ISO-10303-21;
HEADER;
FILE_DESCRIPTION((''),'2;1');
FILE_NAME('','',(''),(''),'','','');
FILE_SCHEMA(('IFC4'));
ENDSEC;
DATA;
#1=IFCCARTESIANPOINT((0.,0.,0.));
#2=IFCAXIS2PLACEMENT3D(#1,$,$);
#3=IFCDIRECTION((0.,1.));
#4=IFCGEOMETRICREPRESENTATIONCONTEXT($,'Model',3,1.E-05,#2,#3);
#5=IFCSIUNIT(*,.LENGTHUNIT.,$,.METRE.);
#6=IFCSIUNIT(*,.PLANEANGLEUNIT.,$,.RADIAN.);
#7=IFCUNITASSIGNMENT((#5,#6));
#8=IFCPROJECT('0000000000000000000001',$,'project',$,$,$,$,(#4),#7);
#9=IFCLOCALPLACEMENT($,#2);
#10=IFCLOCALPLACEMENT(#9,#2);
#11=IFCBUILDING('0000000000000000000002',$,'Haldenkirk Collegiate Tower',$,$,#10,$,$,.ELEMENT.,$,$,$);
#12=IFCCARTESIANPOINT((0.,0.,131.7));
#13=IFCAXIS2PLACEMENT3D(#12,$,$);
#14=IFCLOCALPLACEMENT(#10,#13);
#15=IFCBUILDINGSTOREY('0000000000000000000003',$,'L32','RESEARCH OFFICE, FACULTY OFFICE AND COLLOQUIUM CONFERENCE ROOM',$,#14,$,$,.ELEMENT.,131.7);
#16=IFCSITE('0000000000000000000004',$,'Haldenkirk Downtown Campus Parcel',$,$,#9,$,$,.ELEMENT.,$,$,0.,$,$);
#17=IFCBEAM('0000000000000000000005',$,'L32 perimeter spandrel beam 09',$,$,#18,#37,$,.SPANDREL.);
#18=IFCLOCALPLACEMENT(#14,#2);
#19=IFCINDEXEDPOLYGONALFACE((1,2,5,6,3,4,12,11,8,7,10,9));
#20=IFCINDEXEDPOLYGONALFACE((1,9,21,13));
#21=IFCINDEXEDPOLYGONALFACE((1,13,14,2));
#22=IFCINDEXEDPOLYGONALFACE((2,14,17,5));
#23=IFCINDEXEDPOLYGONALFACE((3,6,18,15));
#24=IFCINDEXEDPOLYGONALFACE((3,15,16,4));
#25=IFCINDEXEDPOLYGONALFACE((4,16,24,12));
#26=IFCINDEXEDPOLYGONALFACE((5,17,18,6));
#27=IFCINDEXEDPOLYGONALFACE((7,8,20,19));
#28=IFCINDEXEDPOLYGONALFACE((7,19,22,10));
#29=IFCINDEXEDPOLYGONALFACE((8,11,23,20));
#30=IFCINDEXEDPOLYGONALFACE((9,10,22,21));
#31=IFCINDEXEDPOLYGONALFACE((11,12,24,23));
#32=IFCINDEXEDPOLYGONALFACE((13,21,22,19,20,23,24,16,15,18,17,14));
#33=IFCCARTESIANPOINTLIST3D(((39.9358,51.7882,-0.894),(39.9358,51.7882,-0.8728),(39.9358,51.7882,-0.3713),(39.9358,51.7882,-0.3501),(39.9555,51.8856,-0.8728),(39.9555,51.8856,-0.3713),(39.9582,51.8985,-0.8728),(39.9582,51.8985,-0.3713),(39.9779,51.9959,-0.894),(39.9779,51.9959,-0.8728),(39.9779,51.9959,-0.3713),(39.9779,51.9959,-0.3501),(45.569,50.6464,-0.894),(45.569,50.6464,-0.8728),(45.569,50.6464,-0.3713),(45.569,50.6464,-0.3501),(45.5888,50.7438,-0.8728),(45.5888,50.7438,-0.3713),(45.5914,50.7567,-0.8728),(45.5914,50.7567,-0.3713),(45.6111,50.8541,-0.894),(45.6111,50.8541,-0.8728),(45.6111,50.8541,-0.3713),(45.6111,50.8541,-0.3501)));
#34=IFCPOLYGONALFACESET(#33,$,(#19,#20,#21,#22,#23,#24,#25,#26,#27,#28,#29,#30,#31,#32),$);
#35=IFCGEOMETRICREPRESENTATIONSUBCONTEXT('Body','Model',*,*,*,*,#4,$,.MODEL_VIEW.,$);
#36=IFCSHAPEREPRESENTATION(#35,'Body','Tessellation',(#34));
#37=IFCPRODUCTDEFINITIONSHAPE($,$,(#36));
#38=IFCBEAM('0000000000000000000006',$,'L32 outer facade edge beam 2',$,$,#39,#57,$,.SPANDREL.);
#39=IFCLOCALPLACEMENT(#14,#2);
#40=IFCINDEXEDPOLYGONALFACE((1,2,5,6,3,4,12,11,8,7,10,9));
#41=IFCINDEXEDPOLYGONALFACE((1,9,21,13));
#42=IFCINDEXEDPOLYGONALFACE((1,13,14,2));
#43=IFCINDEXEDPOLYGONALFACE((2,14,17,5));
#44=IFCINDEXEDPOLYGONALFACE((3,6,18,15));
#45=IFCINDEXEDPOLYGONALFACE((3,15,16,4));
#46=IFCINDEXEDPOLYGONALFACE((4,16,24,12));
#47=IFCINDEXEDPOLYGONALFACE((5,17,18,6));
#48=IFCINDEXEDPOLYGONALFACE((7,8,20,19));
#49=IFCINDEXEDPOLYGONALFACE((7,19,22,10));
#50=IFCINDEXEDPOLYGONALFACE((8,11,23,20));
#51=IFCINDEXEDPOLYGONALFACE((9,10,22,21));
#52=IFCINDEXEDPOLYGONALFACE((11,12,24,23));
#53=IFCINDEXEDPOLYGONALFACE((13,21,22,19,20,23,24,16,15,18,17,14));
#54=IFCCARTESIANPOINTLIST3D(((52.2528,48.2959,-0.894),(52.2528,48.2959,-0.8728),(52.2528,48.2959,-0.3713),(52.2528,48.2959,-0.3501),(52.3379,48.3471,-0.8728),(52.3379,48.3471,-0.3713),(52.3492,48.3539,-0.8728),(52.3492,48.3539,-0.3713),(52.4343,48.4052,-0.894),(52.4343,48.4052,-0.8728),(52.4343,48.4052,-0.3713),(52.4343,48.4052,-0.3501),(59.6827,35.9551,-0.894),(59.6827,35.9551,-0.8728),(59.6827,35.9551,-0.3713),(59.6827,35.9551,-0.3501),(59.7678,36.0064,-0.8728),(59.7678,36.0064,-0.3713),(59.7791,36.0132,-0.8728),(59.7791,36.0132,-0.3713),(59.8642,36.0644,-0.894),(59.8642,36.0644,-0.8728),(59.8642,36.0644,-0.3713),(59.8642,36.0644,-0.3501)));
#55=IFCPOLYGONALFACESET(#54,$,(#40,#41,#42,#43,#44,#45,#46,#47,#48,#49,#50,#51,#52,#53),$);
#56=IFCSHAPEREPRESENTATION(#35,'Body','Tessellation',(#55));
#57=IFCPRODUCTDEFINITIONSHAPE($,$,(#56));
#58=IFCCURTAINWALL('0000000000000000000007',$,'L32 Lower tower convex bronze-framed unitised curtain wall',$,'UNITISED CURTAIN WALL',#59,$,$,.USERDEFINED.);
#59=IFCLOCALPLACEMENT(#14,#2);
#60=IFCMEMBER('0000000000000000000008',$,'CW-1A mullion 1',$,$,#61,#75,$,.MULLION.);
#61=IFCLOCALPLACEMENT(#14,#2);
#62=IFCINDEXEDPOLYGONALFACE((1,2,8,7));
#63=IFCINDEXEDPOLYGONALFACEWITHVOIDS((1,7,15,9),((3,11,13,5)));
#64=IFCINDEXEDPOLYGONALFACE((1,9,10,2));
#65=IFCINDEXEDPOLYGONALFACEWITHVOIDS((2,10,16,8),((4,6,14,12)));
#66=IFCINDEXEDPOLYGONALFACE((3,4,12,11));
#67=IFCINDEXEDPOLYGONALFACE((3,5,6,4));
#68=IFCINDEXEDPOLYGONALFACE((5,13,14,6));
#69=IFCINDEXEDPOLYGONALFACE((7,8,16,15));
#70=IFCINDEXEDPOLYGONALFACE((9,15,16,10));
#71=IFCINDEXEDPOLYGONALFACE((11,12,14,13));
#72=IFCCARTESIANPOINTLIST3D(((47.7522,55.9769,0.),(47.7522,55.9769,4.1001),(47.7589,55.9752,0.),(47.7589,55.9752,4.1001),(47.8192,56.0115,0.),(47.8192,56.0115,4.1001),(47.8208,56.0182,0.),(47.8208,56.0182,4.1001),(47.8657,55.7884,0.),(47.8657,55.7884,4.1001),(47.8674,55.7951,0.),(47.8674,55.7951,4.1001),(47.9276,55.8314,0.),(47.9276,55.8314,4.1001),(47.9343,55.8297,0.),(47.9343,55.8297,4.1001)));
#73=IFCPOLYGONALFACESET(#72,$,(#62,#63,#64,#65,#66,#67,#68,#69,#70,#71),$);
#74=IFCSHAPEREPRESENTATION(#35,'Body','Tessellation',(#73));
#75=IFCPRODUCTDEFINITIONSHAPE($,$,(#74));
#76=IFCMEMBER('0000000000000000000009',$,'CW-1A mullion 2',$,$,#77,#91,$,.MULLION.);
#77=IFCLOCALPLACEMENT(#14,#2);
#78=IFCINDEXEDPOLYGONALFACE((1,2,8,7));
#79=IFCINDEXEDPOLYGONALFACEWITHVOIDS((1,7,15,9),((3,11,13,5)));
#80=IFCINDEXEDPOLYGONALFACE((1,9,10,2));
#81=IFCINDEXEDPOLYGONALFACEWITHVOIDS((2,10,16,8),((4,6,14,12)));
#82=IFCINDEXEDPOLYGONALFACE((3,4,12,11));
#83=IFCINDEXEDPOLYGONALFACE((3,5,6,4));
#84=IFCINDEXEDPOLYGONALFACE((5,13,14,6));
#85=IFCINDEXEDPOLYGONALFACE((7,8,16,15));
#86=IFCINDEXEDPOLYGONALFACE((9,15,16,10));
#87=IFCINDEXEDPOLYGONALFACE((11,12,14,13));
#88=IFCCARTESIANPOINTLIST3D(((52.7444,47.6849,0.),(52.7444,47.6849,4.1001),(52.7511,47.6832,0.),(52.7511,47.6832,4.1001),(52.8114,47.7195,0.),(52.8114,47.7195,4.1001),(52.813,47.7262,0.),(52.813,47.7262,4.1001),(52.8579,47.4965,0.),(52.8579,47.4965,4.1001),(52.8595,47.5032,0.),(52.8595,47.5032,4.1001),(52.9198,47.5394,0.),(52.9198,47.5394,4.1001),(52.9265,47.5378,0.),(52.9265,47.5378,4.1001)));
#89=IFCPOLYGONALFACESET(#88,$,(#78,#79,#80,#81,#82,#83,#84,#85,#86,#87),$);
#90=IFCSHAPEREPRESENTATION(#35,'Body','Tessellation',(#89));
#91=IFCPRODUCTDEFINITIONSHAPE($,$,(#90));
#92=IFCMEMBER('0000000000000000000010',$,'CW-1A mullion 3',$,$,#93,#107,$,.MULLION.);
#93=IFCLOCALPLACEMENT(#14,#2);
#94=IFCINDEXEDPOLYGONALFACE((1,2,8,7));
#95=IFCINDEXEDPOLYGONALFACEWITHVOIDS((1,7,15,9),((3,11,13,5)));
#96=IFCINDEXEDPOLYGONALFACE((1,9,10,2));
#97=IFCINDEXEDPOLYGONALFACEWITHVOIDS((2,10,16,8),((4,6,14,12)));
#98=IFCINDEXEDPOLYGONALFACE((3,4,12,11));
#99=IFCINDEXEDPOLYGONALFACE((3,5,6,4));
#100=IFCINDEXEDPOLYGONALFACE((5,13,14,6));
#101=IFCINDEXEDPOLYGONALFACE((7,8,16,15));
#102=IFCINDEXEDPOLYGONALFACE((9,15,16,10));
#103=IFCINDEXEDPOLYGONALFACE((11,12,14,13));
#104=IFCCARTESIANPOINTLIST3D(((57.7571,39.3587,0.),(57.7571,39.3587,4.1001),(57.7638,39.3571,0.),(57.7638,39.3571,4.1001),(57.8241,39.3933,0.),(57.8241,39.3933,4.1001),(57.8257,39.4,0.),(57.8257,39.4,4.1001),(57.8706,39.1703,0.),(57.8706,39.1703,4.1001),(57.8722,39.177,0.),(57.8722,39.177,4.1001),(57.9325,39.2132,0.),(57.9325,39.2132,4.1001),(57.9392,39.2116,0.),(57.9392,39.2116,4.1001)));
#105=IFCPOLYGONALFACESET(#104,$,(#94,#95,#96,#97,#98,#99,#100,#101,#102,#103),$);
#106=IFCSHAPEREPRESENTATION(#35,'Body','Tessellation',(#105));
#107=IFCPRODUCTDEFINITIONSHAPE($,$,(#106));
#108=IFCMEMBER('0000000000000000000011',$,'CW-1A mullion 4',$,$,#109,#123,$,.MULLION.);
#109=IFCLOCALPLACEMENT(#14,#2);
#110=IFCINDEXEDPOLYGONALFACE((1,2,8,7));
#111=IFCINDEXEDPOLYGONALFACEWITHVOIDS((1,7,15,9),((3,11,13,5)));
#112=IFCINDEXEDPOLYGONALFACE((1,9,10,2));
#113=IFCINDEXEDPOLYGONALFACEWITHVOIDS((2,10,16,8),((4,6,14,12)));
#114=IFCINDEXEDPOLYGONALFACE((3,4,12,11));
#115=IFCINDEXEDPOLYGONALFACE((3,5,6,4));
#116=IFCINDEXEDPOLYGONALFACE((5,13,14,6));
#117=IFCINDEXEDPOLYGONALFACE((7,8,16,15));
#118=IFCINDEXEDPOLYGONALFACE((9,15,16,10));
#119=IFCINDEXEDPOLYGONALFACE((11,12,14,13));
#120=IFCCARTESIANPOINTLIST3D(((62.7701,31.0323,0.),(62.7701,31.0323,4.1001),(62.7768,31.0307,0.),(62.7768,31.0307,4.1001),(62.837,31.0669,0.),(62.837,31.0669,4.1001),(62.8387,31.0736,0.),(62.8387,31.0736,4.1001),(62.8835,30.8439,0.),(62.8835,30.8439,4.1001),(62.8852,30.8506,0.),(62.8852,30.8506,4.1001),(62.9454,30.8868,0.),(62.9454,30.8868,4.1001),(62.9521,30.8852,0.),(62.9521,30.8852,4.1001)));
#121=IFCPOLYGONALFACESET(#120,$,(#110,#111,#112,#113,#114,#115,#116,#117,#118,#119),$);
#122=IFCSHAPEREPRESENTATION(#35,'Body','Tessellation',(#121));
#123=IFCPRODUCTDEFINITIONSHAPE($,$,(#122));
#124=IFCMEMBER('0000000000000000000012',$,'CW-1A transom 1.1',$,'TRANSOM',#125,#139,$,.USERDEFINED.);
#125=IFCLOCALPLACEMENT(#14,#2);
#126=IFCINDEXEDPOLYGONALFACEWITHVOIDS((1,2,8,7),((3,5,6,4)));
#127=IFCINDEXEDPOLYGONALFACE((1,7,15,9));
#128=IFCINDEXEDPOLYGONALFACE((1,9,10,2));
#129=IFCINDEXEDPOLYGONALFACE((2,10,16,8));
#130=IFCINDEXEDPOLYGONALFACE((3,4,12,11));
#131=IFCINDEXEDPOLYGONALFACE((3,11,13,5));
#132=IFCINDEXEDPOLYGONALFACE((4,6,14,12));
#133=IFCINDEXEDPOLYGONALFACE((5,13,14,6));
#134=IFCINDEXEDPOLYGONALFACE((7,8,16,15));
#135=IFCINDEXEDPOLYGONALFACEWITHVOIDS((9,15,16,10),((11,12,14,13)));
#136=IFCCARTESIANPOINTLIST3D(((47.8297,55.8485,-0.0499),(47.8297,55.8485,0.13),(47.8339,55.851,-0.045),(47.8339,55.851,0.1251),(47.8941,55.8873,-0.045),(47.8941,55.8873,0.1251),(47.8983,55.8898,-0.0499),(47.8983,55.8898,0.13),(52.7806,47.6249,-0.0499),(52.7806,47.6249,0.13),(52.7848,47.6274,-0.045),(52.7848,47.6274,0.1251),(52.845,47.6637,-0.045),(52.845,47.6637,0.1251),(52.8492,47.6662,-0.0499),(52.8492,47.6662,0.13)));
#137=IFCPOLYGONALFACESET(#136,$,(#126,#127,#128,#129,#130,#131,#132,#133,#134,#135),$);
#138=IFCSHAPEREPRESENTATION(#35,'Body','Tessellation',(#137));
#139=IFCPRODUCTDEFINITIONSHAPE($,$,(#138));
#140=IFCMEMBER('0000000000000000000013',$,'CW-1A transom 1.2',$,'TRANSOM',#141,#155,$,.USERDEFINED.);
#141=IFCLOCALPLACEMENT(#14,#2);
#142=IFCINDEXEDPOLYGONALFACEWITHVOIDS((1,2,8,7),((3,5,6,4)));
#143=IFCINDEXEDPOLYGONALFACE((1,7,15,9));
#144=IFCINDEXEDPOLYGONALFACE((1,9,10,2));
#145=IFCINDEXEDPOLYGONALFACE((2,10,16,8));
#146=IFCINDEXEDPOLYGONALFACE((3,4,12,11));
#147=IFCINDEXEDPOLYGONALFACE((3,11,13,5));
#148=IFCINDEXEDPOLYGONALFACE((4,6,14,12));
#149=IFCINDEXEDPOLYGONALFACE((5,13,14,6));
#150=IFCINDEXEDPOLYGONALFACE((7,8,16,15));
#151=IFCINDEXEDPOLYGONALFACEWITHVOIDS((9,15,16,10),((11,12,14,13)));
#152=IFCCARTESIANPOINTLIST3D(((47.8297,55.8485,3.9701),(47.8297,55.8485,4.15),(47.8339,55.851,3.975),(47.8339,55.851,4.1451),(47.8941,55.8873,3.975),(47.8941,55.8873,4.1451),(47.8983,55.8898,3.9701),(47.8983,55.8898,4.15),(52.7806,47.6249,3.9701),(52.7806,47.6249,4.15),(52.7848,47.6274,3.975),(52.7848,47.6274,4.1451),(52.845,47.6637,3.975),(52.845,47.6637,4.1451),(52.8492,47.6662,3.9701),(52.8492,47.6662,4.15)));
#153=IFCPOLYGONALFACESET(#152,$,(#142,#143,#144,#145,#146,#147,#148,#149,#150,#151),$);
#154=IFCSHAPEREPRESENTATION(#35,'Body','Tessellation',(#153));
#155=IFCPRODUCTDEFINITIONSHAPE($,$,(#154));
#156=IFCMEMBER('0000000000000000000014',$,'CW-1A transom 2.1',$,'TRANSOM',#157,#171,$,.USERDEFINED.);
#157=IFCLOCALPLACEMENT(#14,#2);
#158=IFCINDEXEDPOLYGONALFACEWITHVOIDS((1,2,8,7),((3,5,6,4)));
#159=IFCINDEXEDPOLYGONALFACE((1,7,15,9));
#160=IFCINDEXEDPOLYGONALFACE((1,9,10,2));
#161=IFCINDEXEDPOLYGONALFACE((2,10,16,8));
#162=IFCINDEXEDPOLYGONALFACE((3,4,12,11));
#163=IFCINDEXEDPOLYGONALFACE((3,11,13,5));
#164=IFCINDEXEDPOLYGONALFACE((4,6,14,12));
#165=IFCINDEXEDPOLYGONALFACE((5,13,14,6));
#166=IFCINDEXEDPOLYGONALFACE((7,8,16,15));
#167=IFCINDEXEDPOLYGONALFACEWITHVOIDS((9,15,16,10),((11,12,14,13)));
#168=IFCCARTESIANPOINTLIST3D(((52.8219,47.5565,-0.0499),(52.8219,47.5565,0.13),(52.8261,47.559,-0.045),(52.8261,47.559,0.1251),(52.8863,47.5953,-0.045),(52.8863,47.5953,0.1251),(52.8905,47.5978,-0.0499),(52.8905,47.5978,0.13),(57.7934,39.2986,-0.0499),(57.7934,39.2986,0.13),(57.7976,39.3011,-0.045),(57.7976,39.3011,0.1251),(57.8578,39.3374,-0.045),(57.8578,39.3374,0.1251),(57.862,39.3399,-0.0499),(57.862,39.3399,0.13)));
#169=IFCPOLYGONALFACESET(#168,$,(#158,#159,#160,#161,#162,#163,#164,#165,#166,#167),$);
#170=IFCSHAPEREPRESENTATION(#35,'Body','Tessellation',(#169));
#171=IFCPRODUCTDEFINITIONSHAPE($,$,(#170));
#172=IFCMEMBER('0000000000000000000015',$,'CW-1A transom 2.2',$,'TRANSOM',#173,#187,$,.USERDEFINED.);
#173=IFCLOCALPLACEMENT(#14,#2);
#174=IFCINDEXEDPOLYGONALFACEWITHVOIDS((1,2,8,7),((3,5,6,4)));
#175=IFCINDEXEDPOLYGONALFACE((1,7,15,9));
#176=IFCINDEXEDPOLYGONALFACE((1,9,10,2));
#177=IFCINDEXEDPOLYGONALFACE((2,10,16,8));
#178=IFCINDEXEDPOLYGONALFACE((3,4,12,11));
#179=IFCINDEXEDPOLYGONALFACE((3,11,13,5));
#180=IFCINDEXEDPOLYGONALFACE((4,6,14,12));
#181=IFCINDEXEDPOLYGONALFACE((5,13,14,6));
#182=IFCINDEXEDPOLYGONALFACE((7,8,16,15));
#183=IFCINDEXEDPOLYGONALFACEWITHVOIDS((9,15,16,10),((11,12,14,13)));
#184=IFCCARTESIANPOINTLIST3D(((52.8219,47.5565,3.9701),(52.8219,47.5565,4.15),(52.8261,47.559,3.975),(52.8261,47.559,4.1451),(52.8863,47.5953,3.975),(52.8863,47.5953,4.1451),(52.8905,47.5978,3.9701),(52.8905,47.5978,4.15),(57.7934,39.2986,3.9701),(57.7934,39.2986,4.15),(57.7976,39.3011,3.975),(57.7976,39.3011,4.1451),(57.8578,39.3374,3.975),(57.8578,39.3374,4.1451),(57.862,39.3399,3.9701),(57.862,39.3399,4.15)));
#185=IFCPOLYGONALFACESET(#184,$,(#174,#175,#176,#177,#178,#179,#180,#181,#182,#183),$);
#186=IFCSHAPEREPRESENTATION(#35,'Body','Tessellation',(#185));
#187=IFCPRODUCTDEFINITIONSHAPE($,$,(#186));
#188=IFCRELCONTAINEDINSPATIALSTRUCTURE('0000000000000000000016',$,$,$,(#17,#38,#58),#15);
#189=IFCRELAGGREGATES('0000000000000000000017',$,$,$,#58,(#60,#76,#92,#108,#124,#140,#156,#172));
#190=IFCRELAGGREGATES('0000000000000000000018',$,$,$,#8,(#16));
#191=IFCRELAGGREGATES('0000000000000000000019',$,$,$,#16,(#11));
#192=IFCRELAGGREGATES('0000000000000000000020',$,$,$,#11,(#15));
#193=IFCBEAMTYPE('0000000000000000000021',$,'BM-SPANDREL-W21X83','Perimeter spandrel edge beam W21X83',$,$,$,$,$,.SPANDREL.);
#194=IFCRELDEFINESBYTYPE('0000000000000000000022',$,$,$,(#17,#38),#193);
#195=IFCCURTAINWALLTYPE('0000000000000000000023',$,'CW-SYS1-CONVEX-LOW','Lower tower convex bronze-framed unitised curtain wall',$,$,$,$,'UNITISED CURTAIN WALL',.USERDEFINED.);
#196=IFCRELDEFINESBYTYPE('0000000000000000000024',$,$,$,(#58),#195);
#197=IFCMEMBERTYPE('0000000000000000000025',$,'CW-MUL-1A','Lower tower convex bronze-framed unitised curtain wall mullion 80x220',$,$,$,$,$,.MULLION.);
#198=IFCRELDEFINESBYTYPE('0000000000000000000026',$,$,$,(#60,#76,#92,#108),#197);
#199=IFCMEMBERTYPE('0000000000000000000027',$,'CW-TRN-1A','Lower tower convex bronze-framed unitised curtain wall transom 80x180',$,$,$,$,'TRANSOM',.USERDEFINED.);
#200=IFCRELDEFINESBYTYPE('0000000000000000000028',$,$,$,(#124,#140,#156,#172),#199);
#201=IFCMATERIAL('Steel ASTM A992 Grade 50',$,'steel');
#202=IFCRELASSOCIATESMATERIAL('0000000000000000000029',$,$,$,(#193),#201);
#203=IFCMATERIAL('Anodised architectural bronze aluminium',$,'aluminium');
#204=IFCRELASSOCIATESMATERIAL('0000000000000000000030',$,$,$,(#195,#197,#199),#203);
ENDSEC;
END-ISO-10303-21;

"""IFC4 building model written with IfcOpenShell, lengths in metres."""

from ifc_helpers import new_model, si_unit, direction, frame, origin, origin_2d, place, context, subcontext, project, spatial, hollow_rectangle, i_section, extrude, material, material_profile, profile_set, type_object, element, aggregate, save


model = new_model("IFC4")

# Units and contexts
model_context = context("Model", 3, precision=1e-05, world=origin(), true_north=direction((0.0, 1.0)))
body_context = subcontext(model_context, "Body", "Model", "MODEL_VIEW")
ifc_project = project(units=[si_unit("LENGTHUNIT", "METRE"), si_unit("PLANEANGLEUNIT", "RADIAN")], contexts=[model_context])

# Site, building, storey
site_placement = place(None, origin())
site = spatial("IfcSite", under=ifc_project, at=site_placement, Name="Haldenkirk Downtown Campus Parcel", CompositionType="ELEMENT", RefElevation=0.0)
building_placement = place(site_placement, origin())
building = spatial("IfcBuilding", under=site, at=building_placement, Name="Haldenkirk Collegiate Tower", CompositionType="ELEMENT")
storey_placement = place(building_placement, frame((0.0, 0.0, 131.7)))
storey = spatial("IfcBuildingStorey", under=building, at=storey_placement, Name="L32", Description="RESEARCH OFFICE, FACULTY OFFICE AND COLLOQUIUM CONFERENCE ROOM", CompositionType="ELEMENT", Elevation=131.7)

# Beams
ifc_material_1 = material(Name="Steel ASTM A992 Grade 50", Category="steel")
ifc_material_profile_1 = material_profile(ifc_material_1, i_section(OverallWidth=0.2119, OverallDepth=0.5439, WebThickness=0.0132, FlangeThickness=0.0212, at=origin_2d()), Name="W21X83")
ifc_profile_set_1 = profile_set([ifc_material_profile_1], Name="Steel ASTM A992 Grade 50")
beam_type_1 = type_object("IfcBeamType", Name="BM-SPANDREL-W21X83", Description="Perimeter spandrel edge beam W21X83", PredefinedType="SPANDREL", material=ifc_profile_set_1)
beam_1_placement = place(storey_placement, frame((45.5901, 50.7502, -0.6221), z_axis=(-0.980069, 0.198656, 0.0), x_axis=(-0.198656, -0.980069, 0.0)))
element("IfcBeam", 1, at=beam_1_placement, inside=storey, type_object=beam_type_1, Name="L32 perimeter spandrel beam 09", PredefinedType="SPANDREL", context=body_context, shape_type="SweptSolid", body=[
    extrude(i_section(OverallWidth=0.2119, OverallDepth=0.5439, WebThickness=0.0132, FlangeThickness=0.0212, at=origin_2d()), origin(), (0.0, 0.0, 1.0), 5.7478),
])
beam_2_placement = place(storey_placement, frame((59.7734, 36.0098, -0.6221), z_axis=(-0.515794, 0.856713, 0.0), x_axis=(-0.856713, -0.515794, 0.0)))
element("IfcBeam", 2, at=beam_2_placement, inside=storey, type_object=beam_type_1, Name="L32 outer facade edge beam 2", PredefinedType="SPANDREL", context=body_context, shape_type="SweptSolid", body=[
    extrude(i_section(OverallWidth=0.2119, OverallDepth=0.5439, WebThickness=0.0132, FlangeThickness=0.0212, at=origin_2d()), origin(), (0.0, 0.0, 1.0), 14.4048),
])

# Curtain wall, members
ifc_material_2 = material(Name="Anodised architectural bronze aluminium", Category="aluminium")
curtain_wall_type = type_object("IfcCurtainWallType", Name="CW-SYS1-CONVEX-LOW", Description="Lower tower convex bronze-framed unitised curtain wall", ElementType="UNITISED CURTAIN WALL", PredefinedType="USERDEFINED", material=ifc_material_2)
curtain_wall_placement = place(storey_placement, origin())
curtain_wall = element("IfcCurtainWall", 3, at=curtain_wall_placement, inside=storey, type_object=curtain_wall_type, Name="L32 Lower tower convex bronze-framed unitised curtain wall", ObjectType="UNITISED CURTAIN WALL", PredefinedType="USERDEFINED")
ifc_material_profile_2 = material_profile(ifc_material_2, hollow_rectangle(XDim=0.0801, YDim=0.22, WallThickness=0.0049, at=origin_2d()), Name="CW-MUL-1A")
ifc_profile_set_2 = profile_set([ifc_material_profile_2], Name="Anodised architectural bronze aluminium")
member_type_1 = type_object("IfcMemberType", Name="CW-MUL-1A", Description="Lower tower convex bronze-framed unitised curtain wall mullion 80x220", PredefinedType="MULLION", material=ifc_profile_set_2)
member_1_placement = place(storey_placement, frame((47.8433, 55.9033, 0.0), z_axis=(0.0, 0.0, 1.0), x_axis=(0.856719, 0.515783, 0.0)))
member_1 = element("IfcMember", 4, at=member_1_placement, type_object=member_type_1, Name="CW-1A mullion 1", PredefinedType="MULLION", context=body_context, shape_type="SweptSolid", body=[
    extrude(hollow_rectangle(XDim=0.0801, YDim=0.22, WallThickness=0.0049, at=origin_2d()), origin(), (0.0, 0.0, 1.0), 4.1001),
])
member_2_placement = place(storey_placement, frame((52.8354, 47.6113, 0.0), z_axis=(0.0, 0.0, 1.0), x_axis=(0.856719, 0.515783, 0.0)))
member_2 = element("IfcMember", 5, at=member_2_placement, type_object=member_type_1, Name="CW-1A mullion 2", PredefinedType="MULLION", context=body_context, shape_type="SweptSolid", body=[
    extrude(hollow_rectangle(XDim=0.0801, YDim=0.22, WallThickness=0.0049, at=origin_2d()), origin(), (0.0, 0.0, 1.0), 4.1001),
])
member_3_placement = place(storey_placement, frame((57.8481, 39.2852, 0.0), z_axis=(0.0, 0.0, 1.0), x_axis=(0.856719, 0.515783, 0.0)))
member_3 = element("IfcMember", 6, at=member_3_placement, type_object=member_type_1, Name="CW-1A mullion 3", PredefinedType="MULLION", context=body_context, shape_type="SweptSolid", body=[
    extrude(hollow_rectangle(XDim=0.0801, YDim=0.22, WallThickness=0.0049, at=origin_2d()), origin(), (0.0, 0.0, 1.0), 4.1001),
])
member_4_placement = place(storey_placement, frame((62.8611, 30.9587, 0.0), z_axis=(0.0, 0.0, 1.0), x_axis=(0.856719, 0.515783, 0.0)))
member_4 = element("IfcMember", 7, at=member_4_placement, type_object=member_type_1, Name="CW-1A mullion 4", PredefinedType="MULLION", context=body_context, shape_type="SweptSolid", body=[
    extrude(hollow_rectangle(XDim=0.0801, YDim=0.22, WallThickness=0.0049, at=origin_2d()), origin(), (0.0, 0.0, 1.0), 4.1001),
])
ifc_material_profile_3 = material_profile(ifc_material_2, hollow_rectangle(XDim=0.0801, YDim=0.1799, WallThickness=0.0049, at=origin_2d()), Name="CW-TRN-1A")
ifc_profile_set_3 = profile_set([ifc_material_profile_3], Name="Anodised architectural bronze aluminium")
member_type_2 = type_object("IfcMemberType", Name="CW-TRN-1A", Description="Lower tower convex bronze-framed unitised curtain wall transom 80x180", ElementType="TRANSOM", PredefinedType="USERDEFINED", material=ifc_profile_set_3)
member_5_placement = place(storey_placement, frame((47.864, 55.8691, 0.04), z_axis=(0.515778, -0.856722, 0.0), x_axis=(0.856722, 0.515778, 0.0)))
member_5 = element("IfcMember", 8, at=member_5_placement, type_object=member_type_2, Name="CW-1A transom 1.1", ObjectType="TRANSOM", PredefinedType="USERDEFINED", context=body_context, shape_type="SweptSolid", body=[
    extrude(hollow_rectangle(XDim=0.0801, YDim=0.1799, WallThickness=0.0049, at=origin_2d()), origin(), (0.0, 0.0, 1.0), 9.5989),
])
member_6_placement = place(storey_placement, frame((47.864, 55.8691, 4.0601), z_axis=(0.515778, -0.856722, 0.0), x_axis=(0.856722, 0.515778, 0.0)))
member_6 = element("IfcMember", 9, at=member_6_placement, type_object=member_type_2, Name="CW-1A transom 1.2", ObjectType="TRANSOM", PredefinedType="USERDEFINED", context=body_context, shape_type="SweptSolid", body=[
    extrude(hollow_rectangle(XDim=0.0801, YDim=0.1799, WallThickness=0.0049, at=origin_2d()), origin(), (0.0, 0.0, 1.0), 9.5989),
])
member_7_placement = place(storey_placement, frame((52.8562, 47.5771, 0.04), z_axis=(0.515773, -0.856725, 0.0), x_axis=(0.856725, 0.515773, 0.0)))
member_7 = element("IfcMember", 10, at=member_7_placement, type_object=member_type_2, Name="CW-1A transom 2.1", ObjectType="TRANSOM", PredefinedType="USERDEFINED", context=body_context, shape_type="SweptSolid", body=[
    extrude(hollow_rectangle(XDim=0.0801, YDim=0.1799, WallThickness=0.0049, at=origin_2d()), origin(), (0.0, 0.0, 1.0), 9.6389),
])
member_8_placement = place(storey_placement, frame((52.8562, 47.5771, 4.0601), z_axis=(0.515773, -0.856725, 0.0), x_axis=(0.856725, 0.515773, 0.0)))
member_8 = element("IfcMember", 11, at=member_8_placement, type_object=member_type_2, Name="CW-1A transom 2.2", ObjectType="TRANSOM", PredefinedType="USERDEFINED", context=body_context, shape_type="SweptSolid", body=[
    extrude(hollow_rectangle(XDim=0.0801, YDim=0.1799, WallThickness=0.0049, at=origin_2d()), origin(), (0.0, 0.0, 1.0), 9.6389),
])
aggregate(curtain_wall, [member_1, member_2, member_3, member_4, member_5, member_6, member_7, member_8])

save(model, "model.ifc")
